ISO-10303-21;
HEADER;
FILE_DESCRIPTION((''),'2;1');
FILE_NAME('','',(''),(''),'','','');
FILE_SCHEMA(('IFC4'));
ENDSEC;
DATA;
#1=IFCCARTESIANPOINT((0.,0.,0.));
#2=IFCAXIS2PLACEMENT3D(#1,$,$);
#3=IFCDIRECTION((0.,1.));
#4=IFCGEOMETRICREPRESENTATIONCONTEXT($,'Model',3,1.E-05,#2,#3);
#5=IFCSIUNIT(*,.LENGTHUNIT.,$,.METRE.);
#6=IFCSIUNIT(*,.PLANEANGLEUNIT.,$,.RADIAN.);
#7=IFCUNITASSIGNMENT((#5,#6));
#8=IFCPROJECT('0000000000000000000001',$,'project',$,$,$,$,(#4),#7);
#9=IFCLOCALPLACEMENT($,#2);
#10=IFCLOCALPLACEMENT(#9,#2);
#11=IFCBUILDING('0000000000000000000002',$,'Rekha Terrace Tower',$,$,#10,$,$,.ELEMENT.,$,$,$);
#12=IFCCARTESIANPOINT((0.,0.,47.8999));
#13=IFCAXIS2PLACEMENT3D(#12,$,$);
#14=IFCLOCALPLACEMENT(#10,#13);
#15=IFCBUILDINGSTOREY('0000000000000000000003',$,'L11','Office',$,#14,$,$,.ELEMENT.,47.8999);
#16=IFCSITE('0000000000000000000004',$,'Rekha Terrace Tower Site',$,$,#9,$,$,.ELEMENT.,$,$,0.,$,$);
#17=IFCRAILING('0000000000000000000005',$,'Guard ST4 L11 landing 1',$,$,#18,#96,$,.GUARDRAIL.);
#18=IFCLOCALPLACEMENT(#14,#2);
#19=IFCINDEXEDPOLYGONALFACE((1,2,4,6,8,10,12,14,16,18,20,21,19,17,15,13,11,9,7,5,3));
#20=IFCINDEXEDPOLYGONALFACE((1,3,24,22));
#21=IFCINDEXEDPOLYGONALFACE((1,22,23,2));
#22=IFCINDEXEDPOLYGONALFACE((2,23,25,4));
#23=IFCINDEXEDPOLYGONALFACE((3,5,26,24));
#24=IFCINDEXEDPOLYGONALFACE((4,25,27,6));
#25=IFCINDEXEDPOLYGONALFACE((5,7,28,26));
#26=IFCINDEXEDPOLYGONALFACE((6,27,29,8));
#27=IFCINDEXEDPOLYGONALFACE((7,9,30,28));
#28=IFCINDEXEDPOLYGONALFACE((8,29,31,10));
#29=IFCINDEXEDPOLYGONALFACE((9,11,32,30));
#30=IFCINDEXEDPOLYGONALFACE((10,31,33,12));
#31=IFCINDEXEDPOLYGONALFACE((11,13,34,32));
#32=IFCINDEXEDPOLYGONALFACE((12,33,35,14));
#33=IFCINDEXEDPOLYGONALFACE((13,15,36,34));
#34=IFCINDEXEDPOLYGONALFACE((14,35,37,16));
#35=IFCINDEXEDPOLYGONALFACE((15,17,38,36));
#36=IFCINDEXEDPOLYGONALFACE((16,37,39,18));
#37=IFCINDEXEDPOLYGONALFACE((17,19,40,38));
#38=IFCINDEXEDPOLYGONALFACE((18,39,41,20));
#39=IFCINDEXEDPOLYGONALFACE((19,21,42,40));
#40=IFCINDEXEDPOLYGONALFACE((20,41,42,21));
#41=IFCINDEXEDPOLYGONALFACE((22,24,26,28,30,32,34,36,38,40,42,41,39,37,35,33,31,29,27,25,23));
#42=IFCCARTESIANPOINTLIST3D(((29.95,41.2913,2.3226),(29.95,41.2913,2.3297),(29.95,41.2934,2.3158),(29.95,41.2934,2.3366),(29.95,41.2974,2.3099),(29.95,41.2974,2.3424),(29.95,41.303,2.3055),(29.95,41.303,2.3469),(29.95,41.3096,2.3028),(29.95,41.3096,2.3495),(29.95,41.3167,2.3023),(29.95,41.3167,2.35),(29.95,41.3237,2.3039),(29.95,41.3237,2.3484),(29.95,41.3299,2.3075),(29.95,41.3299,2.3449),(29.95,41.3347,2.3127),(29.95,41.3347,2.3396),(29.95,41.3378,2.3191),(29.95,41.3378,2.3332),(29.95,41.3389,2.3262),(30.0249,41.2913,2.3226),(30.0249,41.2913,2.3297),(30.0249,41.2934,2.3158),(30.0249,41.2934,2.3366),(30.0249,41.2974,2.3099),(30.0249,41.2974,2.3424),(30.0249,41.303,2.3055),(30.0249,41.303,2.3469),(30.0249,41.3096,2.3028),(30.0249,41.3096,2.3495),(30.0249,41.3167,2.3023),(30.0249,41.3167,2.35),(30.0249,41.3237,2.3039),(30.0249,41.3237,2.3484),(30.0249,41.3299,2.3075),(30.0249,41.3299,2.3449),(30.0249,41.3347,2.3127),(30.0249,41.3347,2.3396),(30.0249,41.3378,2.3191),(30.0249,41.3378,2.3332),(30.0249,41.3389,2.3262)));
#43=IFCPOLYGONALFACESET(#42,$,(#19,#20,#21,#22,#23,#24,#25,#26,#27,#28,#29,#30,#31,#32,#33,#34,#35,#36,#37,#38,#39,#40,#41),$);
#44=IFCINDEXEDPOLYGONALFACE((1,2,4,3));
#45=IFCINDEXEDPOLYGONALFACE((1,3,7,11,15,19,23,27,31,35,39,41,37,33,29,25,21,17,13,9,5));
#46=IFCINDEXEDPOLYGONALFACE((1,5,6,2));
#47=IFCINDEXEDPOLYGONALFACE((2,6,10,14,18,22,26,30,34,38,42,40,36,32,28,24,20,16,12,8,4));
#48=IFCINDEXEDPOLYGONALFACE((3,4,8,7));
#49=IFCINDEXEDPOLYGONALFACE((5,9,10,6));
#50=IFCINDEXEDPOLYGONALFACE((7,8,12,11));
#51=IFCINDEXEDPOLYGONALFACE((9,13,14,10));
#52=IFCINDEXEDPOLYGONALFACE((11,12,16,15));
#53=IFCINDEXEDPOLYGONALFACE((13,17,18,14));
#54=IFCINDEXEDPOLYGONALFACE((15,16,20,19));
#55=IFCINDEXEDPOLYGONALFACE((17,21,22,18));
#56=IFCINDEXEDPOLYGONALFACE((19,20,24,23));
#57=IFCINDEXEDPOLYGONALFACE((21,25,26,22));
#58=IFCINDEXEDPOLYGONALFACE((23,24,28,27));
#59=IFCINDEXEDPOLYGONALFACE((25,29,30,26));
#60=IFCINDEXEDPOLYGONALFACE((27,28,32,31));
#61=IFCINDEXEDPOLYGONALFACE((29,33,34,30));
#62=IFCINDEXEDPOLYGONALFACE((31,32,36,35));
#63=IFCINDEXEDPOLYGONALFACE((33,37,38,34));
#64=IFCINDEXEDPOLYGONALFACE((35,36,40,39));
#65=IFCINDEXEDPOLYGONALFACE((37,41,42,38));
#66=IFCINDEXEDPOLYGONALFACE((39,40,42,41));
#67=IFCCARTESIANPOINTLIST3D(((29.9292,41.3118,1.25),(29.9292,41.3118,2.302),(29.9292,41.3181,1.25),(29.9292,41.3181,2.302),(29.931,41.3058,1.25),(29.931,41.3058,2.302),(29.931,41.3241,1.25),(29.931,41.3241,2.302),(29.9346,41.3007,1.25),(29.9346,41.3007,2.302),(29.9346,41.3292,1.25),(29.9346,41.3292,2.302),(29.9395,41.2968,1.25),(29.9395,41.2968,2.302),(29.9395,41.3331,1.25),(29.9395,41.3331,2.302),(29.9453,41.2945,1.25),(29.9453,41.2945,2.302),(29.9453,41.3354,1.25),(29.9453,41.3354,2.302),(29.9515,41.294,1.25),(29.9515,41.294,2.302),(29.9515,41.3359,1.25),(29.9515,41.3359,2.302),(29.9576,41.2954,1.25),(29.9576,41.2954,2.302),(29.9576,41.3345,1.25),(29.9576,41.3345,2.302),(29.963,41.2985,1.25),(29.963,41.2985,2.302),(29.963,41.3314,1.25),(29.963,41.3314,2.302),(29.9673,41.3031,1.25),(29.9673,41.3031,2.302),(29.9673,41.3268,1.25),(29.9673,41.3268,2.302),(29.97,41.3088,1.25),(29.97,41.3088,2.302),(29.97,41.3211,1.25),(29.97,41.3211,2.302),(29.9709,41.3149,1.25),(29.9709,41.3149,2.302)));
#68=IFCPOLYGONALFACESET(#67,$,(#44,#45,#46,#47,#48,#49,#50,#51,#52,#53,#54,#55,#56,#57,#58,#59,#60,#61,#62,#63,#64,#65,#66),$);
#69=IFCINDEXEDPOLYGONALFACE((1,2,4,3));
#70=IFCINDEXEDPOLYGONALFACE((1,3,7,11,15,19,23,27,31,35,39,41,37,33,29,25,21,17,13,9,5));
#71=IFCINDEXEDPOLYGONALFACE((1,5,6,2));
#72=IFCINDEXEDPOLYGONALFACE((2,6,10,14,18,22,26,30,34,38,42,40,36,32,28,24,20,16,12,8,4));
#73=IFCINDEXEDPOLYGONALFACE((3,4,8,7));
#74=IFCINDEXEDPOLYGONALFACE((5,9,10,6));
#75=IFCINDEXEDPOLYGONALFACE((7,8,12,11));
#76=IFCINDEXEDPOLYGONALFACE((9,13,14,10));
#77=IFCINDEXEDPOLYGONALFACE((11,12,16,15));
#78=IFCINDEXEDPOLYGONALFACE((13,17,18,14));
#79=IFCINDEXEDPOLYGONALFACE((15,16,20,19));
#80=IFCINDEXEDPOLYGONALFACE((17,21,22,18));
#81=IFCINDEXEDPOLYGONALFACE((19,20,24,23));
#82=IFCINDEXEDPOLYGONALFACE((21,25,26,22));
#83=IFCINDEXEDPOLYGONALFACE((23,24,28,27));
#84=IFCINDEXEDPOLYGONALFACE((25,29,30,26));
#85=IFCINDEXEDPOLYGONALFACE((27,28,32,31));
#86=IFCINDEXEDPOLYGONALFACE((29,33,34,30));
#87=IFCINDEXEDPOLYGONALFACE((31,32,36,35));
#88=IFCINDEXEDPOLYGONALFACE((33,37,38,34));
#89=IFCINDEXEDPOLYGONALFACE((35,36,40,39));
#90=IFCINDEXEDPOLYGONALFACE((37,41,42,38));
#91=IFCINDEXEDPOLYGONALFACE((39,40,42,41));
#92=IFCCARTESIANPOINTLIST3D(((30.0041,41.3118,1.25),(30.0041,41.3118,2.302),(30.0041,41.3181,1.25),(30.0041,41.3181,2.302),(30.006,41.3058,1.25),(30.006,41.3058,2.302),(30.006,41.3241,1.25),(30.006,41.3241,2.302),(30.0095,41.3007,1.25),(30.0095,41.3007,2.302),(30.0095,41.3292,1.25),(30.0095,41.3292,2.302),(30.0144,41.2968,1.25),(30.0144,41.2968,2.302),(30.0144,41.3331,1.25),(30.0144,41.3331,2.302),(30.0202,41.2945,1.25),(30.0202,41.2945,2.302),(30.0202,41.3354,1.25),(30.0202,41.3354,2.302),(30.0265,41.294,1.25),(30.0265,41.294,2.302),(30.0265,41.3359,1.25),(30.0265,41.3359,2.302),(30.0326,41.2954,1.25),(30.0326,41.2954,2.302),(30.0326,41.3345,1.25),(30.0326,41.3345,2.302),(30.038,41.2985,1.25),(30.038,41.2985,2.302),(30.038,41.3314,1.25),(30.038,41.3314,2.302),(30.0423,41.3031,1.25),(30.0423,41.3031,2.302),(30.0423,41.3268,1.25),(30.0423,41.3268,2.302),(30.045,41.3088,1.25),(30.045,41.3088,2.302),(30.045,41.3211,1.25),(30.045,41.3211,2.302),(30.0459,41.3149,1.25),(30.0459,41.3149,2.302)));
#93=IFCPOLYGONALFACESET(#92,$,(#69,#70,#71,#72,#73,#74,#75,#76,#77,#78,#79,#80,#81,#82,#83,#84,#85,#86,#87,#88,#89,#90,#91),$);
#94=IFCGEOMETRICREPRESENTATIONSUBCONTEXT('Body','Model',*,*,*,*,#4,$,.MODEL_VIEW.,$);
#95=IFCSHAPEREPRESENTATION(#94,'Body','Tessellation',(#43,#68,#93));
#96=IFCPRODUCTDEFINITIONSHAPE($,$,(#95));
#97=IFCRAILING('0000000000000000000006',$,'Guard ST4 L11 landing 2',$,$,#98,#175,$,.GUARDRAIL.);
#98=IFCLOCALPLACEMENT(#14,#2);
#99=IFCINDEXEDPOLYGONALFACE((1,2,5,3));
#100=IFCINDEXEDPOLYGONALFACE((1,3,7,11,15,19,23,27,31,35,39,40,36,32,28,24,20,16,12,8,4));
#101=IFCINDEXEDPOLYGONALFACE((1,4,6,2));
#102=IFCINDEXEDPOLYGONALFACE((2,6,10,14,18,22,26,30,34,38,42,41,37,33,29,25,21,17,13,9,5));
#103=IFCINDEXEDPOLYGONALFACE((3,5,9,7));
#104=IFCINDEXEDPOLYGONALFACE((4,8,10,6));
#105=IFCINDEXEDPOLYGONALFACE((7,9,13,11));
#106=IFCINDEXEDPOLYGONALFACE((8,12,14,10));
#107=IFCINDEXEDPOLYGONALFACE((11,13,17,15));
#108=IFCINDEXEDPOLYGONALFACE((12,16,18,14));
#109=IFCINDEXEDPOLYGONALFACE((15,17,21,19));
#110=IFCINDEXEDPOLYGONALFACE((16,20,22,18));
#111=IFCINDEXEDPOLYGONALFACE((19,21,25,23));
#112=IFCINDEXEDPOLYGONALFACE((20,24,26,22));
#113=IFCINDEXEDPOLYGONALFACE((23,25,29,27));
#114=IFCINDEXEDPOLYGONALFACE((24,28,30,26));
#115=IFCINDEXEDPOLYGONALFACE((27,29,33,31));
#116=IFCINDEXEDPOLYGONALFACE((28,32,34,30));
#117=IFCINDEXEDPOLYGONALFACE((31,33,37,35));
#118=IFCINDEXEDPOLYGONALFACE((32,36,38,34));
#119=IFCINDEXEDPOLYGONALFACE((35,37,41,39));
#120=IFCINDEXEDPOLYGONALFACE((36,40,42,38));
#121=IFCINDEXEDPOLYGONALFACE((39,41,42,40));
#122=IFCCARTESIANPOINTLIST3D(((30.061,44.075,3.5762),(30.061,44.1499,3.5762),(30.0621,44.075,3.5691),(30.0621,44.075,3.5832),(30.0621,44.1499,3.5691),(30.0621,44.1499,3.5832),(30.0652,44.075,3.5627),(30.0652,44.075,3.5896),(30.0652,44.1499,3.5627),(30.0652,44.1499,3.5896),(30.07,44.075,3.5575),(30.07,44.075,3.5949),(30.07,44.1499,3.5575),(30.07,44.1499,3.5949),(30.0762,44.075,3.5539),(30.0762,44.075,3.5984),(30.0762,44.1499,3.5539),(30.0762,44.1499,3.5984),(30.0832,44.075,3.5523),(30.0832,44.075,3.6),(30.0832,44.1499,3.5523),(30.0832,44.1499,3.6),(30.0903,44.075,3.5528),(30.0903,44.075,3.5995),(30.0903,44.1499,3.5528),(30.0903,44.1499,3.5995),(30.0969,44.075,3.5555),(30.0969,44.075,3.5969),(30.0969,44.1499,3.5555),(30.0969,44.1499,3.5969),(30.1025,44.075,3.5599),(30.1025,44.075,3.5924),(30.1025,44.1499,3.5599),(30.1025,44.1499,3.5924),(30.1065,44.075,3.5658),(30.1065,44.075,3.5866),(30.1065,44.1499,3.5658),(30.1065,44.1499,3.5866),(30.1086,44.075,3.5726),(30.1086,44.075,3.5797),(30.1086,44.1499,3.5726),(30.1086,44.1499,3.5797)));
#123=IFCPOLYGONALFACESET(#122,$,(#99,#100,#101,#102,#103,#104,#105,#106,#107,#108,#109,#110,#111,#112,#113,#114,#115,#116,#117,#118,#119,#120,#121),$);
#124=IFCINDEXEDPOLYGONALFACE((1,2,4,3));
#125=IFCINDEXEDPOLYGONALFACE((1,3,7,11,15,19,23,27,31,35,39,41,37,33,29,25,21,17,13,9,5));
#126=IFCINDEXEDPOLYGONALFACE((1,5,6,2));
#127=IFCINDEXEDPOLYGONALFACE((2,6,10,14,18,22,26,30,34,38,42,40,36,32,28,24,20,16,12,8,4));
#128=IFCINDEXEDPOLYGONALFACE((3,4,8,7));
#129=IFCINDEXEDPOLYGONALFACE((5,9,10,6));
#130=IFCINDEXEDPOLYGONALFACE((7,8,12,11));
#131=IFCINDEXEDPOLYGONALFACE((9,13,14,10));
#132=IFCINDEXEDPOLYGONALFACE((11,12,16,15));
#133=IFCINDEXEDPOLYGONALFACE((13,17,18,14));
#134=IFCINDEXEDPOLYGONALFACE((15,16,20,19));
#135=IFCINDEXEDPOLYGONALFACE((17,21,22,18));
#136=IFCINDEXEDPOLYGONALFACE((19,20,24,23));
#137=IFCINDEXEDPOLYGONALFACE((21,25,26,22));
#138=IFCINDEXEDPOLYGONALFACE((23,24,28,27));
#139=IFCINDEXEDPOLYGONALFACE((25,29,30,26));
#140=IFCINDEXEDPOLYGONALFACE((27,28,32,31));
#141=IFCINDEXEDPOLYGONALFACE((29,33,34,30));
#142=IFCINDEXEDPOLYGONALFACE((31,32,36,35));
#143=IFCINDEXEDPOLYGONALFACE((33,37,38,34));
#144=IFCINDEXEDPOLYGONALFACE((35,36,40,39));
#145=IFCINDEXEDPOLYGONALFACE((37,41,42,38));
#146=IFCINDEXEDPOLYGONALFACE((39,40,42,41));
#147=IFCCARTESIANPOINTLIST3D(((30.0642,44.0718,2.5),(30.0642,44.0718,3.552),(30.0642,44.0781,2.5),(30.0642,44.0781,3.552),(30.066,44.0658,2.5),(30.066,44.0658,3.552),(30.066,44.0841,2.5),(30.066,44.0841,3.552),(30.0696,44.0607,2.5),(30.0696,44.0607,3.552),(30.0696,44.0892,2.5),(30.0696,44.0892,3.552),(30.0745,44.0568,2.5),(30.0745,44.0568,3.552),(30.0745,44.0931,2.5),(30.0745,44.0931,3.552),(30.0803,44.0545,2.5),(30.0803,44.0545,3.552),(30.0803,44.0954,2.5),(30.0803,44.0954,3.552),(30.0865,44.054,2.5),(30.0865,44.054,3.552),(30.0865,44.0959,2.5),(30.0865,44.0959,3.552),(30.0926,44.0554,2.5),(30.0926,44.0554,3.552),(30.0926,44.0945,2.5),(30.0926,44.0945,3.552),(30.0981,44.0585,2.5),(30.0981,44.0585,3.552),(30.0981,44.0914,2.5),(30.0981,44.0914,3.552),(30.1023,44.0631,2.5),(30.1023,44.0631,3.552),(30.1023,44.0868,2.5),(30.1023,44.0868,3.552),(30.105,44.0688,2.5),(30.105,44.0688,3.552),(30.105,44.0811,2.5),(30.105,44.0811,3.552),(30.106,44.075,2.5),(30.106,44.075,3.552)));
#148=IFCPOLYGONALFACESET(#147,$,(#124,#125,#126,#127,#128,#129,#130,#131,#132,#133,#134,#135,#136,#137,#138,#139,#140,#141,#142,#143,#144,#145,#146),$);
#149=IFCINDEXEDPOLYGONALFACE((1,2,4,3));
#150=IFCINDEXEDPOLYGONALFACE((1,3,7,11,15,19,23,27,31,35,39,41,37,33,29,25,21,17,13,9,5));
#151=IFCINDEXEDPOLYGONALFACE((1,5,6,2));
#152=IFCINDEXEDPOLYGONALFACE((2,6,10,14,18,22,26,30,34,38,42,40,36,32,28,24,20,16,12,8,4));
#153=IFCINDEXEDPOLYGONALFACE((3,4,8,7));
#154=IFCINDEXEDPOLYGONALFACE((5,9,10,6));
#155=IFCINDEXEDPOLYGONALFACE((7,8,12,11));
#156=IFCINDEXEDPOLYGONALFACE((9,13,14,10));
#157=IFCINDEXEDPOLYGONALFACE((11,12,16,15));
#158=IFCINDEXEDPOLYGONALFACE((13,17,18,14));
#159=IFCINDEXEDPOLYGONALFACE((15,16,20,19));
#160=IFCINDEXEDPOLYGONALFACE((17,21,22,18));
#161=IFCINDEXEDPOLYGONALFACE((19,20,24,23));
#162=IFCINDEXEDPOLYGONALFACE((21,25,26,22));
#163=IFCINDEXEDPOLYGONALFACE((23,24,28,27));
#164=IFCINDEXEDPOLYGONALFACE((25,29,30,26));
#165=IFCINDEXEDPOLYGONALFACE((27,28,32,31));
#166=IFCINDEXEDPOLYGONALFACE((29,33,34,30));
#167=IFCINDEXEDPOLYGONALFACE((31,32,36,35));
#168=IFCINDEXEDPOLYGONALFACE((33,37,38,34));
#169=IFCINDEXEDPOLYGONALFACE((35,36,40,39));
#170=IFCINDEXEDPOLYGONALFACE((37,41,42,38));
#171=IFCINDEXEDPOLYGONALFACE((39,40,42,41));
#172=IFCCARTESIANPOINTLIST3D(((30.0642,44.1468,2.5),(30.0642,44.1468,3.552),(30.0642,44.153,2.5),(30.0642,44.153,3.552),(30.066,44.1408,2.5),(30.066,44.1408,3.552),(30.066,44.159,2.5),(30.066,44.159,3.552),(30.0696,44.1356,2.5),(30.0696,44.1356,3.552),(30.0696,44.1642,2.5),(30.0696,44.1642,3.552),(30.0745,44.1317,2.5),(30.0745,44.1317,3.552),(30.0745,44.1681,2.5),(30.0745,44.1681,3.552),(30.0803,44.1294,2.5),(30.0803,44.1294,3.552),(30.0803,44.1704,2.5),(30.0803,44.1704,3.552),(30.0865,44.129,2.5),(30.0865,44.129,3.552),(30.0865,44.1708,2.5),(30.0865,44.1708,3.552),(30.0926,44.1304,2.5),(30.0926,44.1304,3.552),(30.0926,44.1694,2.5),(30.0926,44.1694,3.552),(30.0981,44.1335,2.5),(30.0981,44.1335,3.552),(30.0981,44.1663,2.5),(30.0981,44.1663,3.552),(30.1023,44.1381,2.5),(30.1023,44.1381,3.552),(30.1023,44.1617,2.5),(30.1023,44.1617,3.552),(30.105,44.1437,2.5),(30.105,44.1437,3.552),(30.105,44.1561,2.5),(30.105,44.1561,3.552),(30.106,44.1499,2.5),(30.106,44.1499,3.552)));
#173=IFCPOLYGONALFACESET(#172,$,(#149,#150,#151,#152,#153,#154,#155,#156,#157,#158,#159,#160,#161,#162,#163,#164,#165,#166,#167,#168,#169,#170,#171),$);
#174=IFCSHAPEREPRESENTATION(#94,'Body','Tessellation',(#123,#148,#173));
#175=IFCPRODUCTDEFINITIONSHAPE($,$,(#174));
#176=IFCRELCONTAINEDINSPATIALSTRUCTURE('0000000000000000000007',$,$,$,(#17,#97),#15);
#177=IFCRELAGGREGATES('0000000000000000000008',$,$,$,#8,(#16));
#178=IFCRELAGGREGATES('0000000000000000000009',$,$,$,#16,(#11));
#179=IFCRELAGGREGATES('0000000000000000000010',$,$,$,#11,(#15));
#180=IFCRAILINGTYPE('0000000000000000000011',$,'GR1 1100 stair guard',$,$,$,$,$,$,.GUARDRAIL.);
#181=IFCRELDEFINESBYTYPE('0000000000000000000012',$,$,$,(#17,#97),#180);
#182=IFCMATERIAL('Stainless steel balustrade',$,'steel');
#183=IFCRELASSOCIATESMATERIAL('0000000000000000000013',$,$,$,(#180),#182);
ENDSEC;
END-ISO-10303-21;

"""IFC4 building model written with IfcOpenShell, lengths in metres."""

from ifc_helpers import new_model, si_unit, direction, frame, origin, origin_2d, place, context, subcontext, project, spatial, circle, extrude, material, type_object, element, save


model = new_model("IFC4")

# Units and contexts
model_context = context("Model", 3, precision=1e-05, world=origin(), true_north=direction((0.0, 1.0)))
body_context = subcontext(model_context, "Body", "Model", "MODEL_VIEW")
ifc_project = project(units=[si_unit("LENGTHUNIT", "METRE"), si_unit("PLANEANGLEUNIT", "RADIAN")], contexts=[model_context])

# Site, building, storey
site_placement = place(None, origin())
site = spatial("IfcSite", under=ifc_project, at=site_placement, Name="Rekha Terrace Tower Site", CompositionType="ELEMENT", RefElevation=0.0)
building_placement = place(site_placement, origin())
building = spatial("IfcBuilding", under=site, at=building_placement, Name="Rekha Terrace Tower", CompositionType="ELEMENT")
storey_placement = place(building_placement, frame((0.0, 0.0, 47.8999)))
storey = spatial("IfcBuildingStorey", under=building, at=storey_placement, Name="L11", Description="Office", CompositionType="ELEMENT", Elevation=47.8999)

# Railings
ifc_material_1 = material(Name="Stainless steel balustrade", Category="steel")
railing_type_1 = type_object("IfcRailingType", Name="GR1 1100 stair guard", PredefinedType="GUARDRAIL", material=ifc_material_1)
railing_1_placement = place(storey_placement, frame((29.95, 41.3149, 1.25)))
element("IfcRailing", 1, at=railing_1_placement, inside=storey, type_object=railing_type_1, Name="Guard ST4 L11 landing 1", PredefinedType="GUARDRAIL", context=body_context, shape_type="SweptSolid", body=[
    extrude(circle(Radius=0.0239, at=origin_2d()), frame((0.0, 0.0, 1.0762), z_axis=(1.0, 0.0, 0.0), x_axis=(0.0, 1.0, 0.0)), (0.0, 0.0, 1.0), 0.075),
    extrude(circle(Radius=0.021, at=origin_2d()), origin(), (0.0, 0.0, 1.0), 1.052),
    extrude(circle(Radius=0.021, at=origin_2d()), frame((0.075, 0.0, 0.0)), (0.0, 0.0, 1.0), 1.052),
])
railing_2_placement = place(storey_placement, frame((30.085, 44.075, 2.5)))
element("IfcRailing", 2, at=railing_2_placement, inside=storey, type_object=railing_type_1, Name="Guard ST4 L11 landing 2", PredefinedType="GUARDRAIL", context=body_context, shape_type="SweptSolid", body=[
    extrude(circle(Radius=0.0239, at=origin_2d()), frame((0.0, 0.0, 1.0762), z_axis=(0.0, 1.0, 0.0), x_axis=(-1.0, 0.0, 0.0)), (0.0, 0.0, 1.0), 0.075),
    extrude(circle(Radius=0.021, at=origin_2d()), origin(), (0.0, 0.0, 1.0), 1.052),
    extrude(circle(Radius=0.021, at=origin_2d()), frame((0.0, 0.075, 0.0)), (0.0, 0.0, 1.0), 1.052),
])

save(model, "model.ifc")
